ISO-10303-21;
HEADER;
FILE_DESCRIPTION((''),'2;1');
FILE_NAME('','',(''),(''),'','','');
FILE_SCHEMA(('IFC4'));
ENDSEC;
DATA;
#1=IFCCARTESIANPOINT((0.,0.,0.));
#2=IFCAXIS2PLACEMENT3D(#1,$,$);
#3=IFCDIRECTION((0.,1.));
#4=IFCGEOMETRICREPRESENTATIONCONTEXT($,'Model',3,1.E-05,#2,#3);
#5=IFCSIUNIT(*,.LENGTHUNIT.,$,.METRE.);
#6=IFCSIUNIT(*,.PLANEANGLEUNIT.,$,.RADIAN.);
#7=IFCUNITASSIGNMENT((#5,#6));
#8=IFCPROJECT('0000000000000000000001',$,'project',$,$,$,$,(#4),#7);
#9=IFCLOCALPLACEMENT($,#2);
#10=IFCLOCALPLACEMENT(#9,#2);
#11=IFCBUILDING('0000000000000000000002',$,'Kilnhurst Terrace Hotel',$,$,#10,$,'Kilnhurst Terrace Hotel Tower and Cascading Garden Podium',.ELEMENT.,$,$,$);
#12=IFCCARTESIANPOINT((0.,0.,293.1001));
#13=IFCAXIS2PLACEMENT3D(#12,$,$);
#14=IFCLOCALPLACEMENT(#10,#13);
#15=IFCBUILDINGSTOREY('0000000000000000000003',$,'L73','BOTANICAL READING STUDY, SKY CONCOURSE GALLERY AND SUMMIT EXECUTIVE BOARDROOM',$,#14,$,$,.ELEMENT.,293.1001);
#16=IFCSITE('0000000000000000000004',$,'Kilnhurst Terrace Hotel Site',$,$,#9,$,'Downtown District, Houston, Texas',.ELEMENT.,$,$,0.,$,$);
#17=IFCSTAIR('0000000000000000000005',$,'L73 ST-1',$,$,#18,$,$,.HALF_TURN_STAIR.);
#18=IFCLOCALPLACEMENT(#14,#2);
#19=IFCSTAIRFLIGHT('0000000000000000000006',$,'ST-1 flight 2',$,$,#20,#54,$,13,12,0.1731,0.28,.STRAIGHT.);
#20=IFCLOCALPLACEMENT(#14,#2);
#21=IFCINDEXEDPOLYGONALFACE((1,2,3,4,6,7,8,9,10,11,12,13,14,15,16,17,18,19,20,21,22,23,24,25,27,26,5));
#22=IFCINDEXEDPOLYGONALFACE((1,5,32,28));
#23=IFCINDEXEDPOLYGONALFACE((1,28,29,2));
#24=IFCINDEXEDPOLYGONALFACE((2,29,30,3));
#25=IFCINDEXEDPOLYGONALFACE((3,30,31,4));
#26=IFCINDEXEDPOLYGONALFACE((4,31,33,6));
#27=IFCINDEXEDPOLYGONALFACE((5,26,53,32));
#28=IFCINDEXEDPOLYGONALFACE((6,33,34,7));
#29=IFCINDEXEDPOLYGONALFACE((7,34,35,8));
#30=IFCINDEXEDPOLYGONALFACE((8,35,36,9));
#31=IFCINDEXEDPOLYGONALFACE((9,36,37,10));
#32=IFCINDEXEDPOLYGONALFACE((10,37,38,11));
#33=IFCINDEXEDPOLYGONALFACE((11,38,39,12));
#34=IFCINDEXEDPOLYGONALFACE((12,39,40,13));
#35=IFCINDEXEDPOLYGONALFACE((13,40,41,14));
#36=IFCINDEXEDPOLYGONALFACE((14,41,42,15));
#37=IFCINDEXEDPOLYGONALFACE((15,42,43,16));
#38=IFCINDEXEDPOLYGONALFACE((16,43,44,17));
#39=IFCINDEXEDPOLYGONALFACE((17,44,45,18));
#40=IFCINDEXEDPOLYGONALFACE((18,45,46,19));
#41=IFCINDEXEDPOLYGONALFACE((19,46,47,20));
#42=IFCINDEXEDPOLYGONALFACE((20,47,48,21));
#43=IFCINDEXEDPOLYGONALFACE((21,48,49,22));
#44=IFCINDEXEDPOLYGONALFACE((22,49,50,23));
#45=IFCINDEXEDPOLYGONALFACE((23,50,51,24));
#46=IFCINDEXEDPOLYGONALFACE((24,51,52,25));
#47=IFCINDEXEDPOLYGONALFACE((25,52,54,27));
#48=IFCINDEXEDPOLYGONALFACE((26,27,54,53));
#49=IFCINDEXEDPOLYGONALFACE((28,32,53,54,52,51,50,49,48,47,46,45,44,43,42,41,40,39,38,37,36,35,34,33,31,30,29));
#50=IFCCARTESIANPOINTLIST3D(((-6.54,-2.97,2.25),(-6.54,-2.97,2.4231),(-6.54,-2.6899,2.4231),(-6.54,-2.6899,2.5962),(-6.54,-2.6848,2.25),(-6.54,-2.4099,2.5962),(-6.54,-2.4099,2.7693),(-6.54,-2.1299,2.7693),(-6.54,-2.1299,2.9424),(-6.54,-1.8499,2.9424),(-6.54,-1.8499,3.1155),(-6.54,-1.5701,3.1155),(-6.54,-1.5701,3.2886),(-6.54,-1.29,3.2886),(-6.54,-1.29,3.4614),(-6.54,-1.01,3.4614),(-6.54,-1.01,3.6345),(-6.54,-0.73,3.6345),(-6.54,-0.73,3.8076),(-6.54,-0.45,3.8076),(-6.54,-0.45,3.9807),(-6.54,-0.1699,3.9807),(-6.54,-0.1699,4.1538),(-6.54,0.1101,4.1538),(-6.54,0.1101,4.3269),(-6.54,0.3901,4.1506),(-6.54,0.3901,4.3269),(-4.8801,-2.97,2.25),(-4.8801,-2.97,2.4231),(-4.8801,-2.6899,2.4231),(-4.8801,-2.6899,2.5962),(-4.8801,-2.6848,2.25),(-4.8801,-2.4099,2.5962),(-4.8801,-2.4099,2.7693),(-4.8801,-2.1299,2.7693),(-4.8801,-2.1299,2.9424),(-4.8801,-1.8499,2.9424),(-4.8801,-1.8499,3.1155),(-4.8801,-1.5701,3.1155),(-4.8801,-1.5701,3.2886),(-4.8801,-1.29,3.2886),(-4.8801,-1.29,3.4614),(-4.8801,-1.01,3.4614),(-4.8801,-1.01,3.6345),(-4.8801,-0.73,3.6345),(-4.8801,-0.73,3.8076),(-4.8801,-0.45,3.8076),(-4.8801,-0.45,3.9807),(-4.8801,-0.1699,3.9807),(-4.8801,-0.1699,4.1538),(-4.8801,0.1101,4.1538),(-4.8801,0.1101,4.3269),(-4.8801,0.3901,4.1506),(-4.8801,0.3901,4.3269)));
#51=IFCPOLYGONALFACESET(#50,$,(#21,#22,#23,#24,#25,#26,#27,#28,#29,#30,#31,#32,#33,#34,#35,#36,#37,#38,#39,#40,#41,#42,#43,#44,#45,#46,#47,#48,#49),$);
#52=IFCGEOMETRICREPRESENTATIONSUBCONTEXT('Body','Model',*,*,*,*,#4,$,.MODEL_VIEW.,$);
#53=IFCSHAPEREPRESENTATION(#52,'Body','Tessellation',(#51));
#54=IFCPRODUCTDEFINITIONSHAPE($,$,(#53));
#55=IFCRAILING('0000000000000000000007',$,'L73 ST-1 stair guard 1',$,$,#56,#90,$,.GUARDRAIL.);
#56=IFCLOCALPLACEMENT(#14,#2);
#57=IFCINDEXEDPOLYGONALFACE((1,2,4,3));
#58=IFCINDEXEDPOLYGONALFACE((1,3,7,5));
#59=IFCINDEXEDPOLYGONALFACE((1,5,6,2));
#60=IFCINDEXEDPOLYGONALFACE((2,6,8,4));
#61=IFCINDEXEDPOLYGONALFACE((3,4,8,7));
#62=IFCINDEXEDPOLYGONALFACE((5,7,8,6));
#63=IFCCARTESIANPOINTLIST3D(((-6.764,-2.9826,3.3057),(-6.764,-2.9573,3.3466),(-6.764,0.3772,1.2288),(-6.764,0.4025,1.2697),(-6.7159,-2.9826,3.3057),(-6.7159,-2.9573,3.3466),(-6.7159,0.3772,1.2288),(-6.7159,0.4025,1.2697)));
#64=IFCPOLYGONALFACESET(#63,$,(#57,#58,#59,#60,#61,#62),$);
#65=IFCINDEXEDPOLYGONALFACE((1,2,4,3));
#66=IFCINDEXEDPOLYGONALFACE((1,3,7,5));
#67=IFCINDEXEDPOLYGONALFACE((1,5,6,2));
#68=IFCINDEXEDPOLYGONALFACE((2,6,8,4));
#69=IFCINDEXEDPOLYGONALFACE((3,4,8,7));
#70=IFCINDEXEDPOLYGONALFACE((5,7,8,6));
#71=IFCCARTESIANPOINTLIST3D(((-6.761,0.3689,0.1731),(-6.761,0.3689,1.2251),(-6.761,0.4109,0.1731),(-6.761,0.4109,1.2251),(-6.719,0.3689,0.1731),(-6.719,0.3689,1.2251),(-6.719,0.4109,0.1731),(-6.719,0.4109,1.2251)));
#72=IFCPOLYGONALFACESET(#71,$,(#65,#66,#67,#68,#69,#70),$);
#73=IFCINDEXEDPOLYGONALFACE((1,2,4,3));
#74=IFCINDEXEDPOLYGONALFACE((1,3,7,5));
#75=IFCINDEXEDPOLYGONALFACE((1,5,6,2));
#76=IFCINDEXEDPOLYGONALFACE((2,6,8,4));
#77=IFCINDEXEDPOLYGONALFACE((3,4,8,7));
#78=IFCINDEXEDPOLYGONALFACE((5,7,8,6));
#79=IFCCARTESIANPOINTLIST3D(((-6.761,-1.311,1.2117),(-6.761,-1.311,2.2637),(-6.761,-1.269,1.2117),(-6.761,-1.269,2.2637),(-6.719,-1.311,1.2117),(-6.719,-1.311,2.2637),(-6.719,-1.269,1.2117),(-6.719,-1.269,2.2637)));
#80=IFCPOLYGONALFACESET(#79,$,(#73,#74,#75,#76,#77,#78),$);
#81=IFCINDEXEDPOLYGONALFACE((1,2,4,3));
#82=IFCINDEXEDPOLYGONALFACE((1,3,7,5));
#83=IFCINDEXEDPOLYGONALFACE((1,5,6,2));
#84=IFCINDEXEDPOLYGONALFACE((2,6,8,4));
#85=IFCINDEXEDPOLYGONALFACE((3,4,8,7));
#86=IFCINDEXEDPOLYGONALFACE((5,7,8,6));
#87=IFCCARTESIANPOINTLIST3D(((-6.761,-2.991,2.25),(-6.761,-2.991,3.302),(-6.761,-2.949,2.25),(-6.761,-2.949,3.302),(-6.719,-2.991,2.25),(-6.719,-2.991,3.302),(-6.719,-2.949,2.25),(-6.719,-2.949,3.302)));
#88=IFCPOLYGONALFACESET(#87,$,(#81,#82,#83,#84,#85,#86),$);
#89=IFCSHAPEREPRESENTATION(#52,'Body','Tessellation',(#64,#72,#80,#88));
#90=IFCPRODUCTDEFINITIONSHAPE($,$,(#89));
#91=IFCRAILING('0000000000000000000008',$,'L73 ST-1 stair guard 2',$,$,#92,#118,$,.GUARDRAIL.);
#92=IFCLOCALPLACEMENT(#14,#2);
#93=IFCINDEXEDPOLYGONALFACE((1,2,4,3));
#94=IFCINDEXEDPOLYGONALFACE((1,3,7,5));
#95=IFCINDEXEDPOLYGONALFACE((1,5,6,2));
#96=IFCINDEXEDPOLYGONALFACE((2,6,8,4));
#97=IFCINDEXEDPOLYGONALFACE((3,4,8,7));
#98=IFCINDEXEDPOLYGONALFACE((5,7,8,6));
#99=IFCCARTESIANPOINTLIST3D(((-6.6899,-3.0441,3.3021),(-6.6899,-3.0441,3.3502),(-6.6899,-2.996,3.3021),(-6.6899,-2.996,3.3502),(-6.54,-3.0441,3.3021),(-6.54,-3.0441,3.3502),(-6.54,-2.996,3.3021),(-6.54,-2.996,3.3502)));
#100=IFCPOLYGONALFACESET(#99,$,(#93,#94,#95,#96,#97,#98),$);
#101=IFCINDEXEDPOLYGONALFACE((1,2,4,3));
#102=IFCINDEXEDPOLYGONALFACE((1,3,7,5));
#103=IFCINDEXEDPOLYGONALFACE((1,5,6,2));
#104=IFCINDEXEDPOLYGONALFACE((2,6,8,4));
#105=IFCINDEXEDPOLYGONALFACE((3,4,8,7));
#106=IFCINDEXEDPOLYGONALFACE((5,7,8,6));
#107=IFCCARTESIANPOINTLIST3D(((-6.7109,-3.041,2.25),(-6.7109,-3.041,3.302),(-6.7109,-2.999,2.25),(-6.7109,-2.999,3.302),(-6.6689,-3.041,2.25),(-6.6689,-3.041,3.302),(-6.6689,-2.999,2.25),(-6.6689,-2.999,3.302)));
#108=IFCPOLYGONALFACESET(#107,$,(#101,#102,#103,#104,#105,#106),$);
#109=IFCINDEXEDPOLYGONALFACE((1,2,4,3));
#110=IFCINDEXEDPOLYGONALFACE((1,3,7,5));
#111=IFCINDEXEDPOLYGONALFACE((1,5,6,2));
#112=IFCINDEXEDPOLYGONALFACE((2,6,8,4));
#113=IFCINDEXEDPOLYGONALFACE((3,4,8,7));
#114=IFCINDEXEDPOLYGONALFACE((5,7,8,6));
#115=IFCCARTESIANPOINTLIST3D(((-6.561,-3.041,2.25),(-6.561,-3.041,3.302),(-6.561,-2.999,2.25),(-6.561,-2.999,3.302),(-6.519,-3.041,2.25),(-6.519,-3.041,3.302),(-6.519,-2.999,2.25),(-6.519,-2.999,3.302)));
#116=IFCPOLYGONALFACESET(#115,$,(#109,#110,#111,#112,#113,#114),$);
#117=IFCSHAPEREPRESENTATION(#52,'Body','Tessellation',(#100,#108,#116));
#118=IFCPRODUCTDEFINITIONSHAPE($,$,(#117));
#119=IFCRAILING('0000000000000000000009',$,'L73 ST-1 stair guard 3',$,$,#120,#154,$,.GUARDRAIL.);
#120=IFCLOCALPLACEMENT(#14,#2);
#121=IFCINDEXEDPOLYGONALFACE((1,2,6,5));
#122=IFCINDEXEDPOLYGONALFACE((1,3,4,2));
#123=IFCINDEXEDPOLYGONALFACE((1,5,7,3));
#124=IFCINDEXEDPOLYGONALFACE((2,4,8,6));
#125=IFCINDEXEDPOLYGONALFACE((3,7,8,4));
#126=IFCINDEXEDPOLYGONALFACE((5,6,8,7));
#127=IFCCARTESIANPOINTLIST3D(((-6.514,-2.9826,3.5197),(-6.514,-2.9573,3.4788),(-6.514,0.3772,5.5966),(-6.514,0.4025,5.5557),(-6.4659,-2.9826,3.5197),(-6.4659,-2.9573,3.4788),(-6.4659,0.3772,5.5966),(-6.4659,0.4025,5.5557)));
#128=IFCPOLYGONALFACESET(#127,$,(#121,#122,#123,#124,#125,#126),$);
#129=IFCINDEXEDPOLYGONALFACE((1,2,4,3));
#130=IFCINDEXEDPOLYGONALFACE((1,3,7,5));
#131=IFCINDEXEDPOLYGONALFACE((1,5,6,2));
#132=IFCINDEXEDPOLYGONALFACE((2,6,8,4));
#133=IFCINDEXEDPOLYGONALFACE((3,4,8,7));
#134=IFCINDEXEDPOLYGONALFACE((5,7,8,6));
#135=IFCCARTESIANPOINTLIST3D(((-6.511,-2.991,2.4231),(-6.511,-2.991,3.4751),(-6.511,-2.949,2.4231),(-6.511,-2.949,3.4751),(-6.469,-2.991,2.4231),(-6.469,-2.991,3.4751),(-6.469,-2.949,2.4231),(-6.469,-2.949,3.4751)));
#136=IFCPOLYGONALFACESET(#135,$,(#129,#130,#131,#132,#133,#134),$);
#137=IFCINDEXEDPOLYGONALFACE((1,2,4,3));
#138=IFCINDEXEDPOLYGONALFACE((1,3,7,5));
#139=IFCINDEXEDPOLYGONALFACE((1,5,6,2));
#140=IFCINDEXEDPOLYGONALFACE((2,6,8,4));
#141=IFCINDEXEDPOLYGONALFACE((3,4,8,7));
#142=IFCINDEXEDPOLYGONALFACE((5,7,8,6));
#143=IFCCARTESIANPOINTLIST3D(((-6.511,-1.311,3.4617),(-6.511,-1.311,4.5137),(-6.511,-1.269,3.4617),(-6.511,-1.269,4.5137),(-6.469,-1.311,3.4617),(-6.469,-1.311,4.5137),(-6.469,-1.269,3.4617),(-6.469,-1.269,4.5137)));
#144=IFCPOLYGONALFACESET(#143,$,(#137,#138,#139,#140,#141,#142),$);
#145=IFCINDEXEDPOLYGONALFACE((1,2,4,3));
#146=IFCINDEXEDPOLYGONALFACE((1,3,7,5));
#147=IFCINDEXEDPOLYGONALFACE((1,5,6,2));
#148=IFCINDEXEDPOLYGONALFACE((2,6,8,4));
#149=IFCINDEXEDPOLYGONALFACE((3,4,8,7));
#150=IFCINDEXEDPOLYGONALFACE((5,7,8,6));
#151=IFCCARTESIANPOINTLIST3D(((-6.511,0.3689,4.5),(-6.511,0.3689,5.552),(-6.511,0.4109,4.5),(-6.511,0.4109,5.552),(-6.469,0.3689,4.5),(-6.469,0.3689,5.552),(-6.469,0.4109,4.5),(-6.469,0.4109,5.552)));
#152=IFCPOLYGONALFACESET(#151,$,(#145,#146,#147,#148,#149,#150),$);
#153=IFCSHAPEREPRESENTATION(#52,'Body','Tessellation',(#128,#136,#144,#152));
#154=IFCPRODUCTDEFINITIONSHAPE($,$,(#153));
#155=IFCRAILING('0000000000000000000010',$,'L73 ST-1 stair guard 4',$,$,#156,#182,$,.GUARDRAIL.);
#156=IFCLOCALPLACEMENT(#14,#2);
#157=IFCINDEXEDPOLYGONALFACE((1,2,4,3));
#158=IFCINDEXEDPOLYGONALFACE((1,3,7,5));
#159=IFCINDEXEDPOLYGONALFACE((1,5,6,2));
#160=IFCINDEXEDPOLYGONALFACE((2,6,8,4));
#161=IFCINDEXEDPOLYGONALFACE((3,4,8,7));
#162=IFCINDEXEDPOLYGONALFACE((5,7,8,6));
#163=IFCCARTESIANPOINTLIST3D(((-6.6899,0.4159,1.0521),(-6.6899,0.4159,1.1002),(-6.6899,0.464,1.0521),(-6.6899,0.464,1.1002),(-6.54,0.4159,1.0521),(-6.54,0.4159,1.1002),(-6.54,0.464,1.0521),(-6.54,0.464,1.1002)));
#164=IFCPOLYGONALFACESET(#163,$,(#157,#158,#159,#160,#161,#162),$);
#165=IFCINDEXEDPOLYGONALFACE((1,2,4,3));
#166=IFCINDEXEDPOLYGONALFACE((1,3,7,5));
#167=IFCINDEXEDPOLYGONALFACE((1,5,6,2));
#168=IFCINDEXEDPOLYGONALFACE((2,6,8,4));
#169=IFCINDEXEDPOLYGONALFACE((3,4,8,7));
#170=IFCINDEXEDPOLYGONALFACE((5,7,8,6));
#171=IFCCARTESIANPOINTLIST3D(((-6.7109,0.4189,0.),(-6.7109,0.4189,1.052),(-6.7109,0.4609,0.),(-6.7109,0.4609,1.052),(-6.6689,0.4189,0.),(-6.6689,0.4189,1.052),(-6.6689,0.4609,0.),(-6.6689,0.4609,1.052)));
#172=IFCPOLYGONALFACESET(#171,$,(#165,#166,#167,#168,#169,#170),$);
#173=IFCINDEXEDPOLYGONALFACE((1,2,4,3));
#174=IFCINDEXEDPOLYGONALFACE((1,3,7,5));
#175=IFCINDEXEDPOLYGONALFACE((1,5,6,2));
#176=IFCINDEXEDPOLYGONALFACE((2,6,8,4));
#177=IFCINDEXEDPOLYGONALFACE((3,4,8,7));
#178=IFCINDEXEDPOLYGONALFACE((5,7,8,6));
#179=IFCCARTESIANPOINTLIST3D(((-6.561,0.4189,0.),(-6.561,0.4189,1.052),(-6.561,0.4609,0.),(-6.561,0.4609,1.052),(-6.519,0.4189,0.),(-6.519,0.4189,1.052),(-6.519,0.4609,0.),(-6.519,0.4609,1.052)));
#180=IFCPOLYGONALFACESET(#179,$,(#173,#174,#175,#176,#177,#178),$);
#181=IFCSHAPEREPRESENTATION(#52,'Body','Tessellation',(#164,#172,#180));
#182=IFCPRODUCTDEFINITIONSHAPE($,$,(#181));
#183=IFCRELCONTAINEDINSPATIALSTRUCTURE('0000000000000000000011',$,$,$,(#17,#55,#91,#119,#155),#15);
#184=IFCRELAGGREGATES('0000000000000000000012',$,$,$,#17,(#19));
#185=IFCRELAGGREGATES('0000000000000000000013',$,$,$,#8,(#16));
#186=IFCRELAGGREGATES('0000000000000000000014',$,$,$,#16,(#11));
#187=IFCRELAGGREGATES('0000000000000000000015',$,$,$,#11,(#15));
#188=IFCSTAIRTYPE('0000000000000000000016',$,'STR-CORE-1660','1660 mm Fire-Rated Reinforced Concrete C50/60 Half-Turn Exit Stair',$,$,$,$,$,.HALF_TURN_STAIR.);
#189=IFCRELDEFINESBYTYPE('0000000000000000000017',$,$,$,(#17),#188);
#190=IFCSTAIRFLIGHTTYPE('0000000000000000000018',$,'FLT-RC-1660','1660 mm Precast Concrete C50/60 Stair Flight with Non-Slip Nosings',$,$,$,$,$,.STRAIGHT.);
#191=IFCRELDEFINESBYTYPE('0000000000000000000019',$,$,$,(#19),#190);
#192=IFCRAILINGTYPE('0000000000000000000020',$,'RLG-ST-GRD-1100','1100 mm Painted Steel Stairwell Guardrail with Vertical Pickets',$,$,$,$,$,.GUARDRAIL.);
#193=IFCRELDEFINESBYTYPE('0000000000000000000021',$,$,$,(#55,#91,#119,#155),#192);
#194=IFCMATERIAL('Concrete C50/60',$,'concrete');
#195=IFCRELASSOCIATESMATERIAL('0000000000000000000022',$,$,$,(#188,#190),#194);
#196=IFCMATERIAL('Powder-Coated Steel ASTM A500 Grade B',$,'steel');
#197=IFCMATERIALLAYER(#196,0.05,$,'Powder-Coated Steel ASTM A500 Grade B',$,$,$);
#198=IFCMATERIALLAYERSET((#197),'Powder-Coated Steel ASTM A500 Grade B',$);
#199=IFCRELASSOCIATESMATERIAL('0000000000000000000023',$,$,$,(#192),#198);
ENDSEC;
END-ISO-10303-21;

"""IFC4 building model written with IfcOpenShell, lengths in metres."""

from ifc_helpers import new_model, si_unit, direction, frame, origin, origin_2d, place, context, subcontext, project, spatial, polyline, rectangle, outline, extrude, material, layer, layer_set, type_object, element, aggregate, save


model = new_model("IFC4")

# Units and contexts
model_context = context("Model", 3, precision=1e-05, world=origin(), true_north=direction((0.0, 1.0)))
body_context = subcontext(model_context, "Body", "Model", "MODEL_VIEW")
ifc_project = project(units=[si_unit("LENGTHUNIT", "METRE"), si_unit("PLANEANGLEUNIT", "RADIAN")], contexts=[model_context])

# Site, building, storey
site_placement = place(None, origin())
site = spatial("IfcSite", under=ifc_project, at=site_placement, Name="Kilnhurst Terrace Hotel Site", LongName="Downtown District, Houston, Texas", CompositionType="ELEMENT", RefElevation=0.0)
building_placement = place(site_placement, origin())
building = spatial("IfcBuilding", under=site, at=building_placement, Name="Kilnhurst Terrace Hotel", LongName="Kilnhurst Terrace Hotel Tower and Cascading Garden Podium", CompositionType="ELEMENT")
storey_placement = place(building_placement, frame((0.0, 0.0, 293.1001)))
storey = spatial("IfcBuildingStorey", under=building, at=storey_placement, Name="L73", Description="BOTANICAL READING STUDY, SKY CONCOURSE GALLERY AND SUMMIT EXECUTIVE BOARDROOM", CompositionType="ELEMENT", Elevation=293.1001)

# Shared definitions
ifc_material_1 = material(Name="Concrete C50/60", Category="concrete")

# Stair, stair flight
stair_type = type_object("IfcStairType", Name="STR-CORE-1660", Description="1660 mm Fire-Rated Reinforced Concrete C50/60 Half-Turn Exit Stair", PredefinedType="HALF_TURN_STAIR", material=ifc_material_1)
stair_placement = place(storey_placement, origin())
stair = element("IfcStair", 1, at=stair_placement, inside=storey, type_object=stair_type, Name="L73 ST-1", PredefinedType="HALF_TURN_STAIR")
stair_flight_type = type_object("IfcStairFlightType", Name="FLT-RC-1660", Description="1660 mm Precast Concrete C50/60 Stair Flight with Non-Slip Nosings", PredefinedType="STRAIGHT", material=ifc_material_1)
stair_flight_1_placement = place(storey_placement, frame((-5.71, -2.97, 2.25), z_axis=(0.0, 0.0, 1.0), x_axis=(0.0, 1.0, 0.0)))
stair_flight_1 = element("IfcStairFlight", 2, at=stair_flight_1_placement, type_object=stair_flight_type, Name="ST-1 flight 2", NumberOfRisers=13, NumberOfTreads=12, PredefinedType="STRAIGHT", RiserHeight=0.1731, TreadLength=0.28, context=body_context, shape_type="SweptSolid", body=[
    extrude(outline(polyline([(0.0, 0.0), (0.0, 0.1731), (0.28, 0.1731), (0.28, 0.3462), (0.5601, 0.3462), (0.5601, 0.5193), (0.8401, 0.5193), (0.8401, 0.6924), (1.1201, 0.6924), (1.1201, 0.8655), (1.3999, 0.8655), (1.3999, 1.0386), (1.6799, 1.0386), (1.6799, 1.2114), (1.96, 1.2114), (1.96, 1.3845), (2.24, 1.3845), (2.24, 1.5576), (2.52, 1.5576), (2.52, 1.7307), (2.8, 1.7307), (2.8, 1.9038), (3.0801, 1.9038), (3.0801, 2.0769), (3.3601, 2.0769), (3.3601, 2.25), (3.3601, 1.9006), (0.2852, 0.0), (0.0, 0.0)])), frame((0.0, 0.8301, 0.0), z_axis=(0.0, -1.0, 0.0), x_axis=(1.0, 0.0, 0.0)), (0.0, 0.0, 1.0), 1.6599),
])
aggregate(stair, [stair_flight_1])

# Railings
ifc_material_2 = material(Name="Powder-Coated Steel ASTM A500 Grade B", Category="steel")
ifc_layer_1 = layer(ifc_material_2, 0.05, Name="Powder-Coated Steel ASTM A500 Grade B")
ifc_layer_set_1 = layer_set([ifc_layer_1], Name="Powder-Coated Steel ASTM A500 Grade B")
railing_type_1 = type_object("IfcRailingType", Name="RLG-ST-GRD-1100", Description="1100 mm Painted Steel Stairwell Guardrail with Vertical Pickets", PredefinedType="GUARDRAIL", material=ifc_layer_set_1)
railing_1_placement = place(storey_placement, frame((-6.74, 0.3899, 0.1731)))
element("IfcRailing", 3, at=railing_1_placement, inside=storey, type_object=railing_type_1, Name="L73 ST-1 stair guard 1", PredefinedType="GUARDRAIL", context=body_context, shape_type="SweptSolid", body=[
    extrude(rectangle(XDim=0.0481, YDim=0.0481, at=origin_2d()), frame((0.0, 0.0, 1.0762), z_axis=(0.0, -0.850606, 0.525803), x_axis=(1.0, 0.0, 0.0)), (0.0, 0.0, 1.0), 3.95),
    extrude(rectangle(XDim=0.042, YDim=0.042, at=origin_2d()), origin(), (0.0, 0.0, 1.0), 1.052),
    extrude(rectangle(XDim=0.042, YDim=0.042, at=origin_2d()), frame((0.0, -1.6799, 1.0386)), (0.0, 0.0, 1.0), 1.052),
    extrude(rectangle(XDim=0.042, YDim=0.042, at=origin_2d()), frame((0.0, -3.3599, 2.0769)), (0.0, 0.0, 1.0), 1.052),
])
railing_2_placement = place(storey_placement, frame((-6.6899, -3.02, 2.25)))
element("IfcRailing", 4, at=railing_2_placement, inside=storey, type_object=railing_type_1, Name="L73 ST-1 stair guard 2", PredefinedType="GUARDRAIL", context=body_context, shape_type="SweptSolid", body=[
    extrude(rectangle(XDim=0.0481, YDim=0.0481, at=origin_2d()), frame((0.0, 0.0, 1.0762), z_axis=(1.0, 0.0, 0.0), x_axis=(0.0, 1.0, 0.0)), (0.0, 0.0, 1.0), 0.1499),
    extrude(rectangle(XDim=0.042, YDim=0.042, at=origin_2d()), origin(), (0.0, 0.0, 1.0), 1.052),
    extrude(rectangle(XDim=0.042, YDim=0.042, at=origin_2d()), frame((0.1499, 0.0, 0.0)), (0.0, 0.0, 1.0), 1.052),
])
railing_3_placement = place(storey_placement, frame((-6.49, -2.97, 2.4231)))
element("IfcRailing", 5, at=railing_3_placement, inside=storey, type_object=railing_type_1, Name="L73 ST-1 stair guard 3", PredefinedType="GUARDRAIL", context=body_context, shape_type="SweptSolid", body=[
    extrude(rectangle(XDim=0.0481, YDim=0.0481, at=origin_2d()), frame((0.0, 0.0, 1.0762), z_axis=(0.0, 0.850606, 0.525803), x_axis=(-1.0, 0.0, 0.0)), (0.0, 0.0, 1.0), 3.95),
    extrude(rectangle(XDim=0.042, YDim=0.042, at=origin_2d()), origin(), (0.0, 0.0, 1.0), 1.052),
    extrude(rectangle(XDim=0.042, YDim=0.042, at=origin_2d()), frame((0.0, 1.6799, 1.0386)), (0.0, 0.0, 1.0), 1.052),
    extrude(rectangle(XDim=0.042, YDim=0.042, at=origin_2d()), frame((0.0, 3.3599, 2.0769)), (0.0, 0.0, 1.0), 1.052),
])
railing_4_placement = place(storey_placement, frame((-6.6899, 0.4399, 0.0)))
element("IfcRailing", 6, at=railing_4_placement, inside=storey, type_object=railing_type_1, Name="L73 ST-1 stair guard 4", PredefinedType="GUARDRAIL", context=body_context, shape_type="SweptSolid", body=[
    extrude(rectangle(XDim=0.0481, YDim=0.0481, at=origin_2d()), frame((0.0, 0.0, 1.0762), z_axis=(1.0, 0.0, 0.0), x_axis=(0.0, 1.0, 0.0)), (0.0, 0.0, 1.0), 0.1499),
    extrude(rectangle(XDim=0.042, YDim=0.042, at=origin_2d()), origin(), (0.0, 0.0, 1.0), 1.052),
    extrude(rectangle(XDim=0.042, YDim=0.042, at=origin_2d()), frame((0.1499, 0.0, 0.0)), (0.0, 0.0, 1.0), 1.052),
])

save(model, "model.ifc")
